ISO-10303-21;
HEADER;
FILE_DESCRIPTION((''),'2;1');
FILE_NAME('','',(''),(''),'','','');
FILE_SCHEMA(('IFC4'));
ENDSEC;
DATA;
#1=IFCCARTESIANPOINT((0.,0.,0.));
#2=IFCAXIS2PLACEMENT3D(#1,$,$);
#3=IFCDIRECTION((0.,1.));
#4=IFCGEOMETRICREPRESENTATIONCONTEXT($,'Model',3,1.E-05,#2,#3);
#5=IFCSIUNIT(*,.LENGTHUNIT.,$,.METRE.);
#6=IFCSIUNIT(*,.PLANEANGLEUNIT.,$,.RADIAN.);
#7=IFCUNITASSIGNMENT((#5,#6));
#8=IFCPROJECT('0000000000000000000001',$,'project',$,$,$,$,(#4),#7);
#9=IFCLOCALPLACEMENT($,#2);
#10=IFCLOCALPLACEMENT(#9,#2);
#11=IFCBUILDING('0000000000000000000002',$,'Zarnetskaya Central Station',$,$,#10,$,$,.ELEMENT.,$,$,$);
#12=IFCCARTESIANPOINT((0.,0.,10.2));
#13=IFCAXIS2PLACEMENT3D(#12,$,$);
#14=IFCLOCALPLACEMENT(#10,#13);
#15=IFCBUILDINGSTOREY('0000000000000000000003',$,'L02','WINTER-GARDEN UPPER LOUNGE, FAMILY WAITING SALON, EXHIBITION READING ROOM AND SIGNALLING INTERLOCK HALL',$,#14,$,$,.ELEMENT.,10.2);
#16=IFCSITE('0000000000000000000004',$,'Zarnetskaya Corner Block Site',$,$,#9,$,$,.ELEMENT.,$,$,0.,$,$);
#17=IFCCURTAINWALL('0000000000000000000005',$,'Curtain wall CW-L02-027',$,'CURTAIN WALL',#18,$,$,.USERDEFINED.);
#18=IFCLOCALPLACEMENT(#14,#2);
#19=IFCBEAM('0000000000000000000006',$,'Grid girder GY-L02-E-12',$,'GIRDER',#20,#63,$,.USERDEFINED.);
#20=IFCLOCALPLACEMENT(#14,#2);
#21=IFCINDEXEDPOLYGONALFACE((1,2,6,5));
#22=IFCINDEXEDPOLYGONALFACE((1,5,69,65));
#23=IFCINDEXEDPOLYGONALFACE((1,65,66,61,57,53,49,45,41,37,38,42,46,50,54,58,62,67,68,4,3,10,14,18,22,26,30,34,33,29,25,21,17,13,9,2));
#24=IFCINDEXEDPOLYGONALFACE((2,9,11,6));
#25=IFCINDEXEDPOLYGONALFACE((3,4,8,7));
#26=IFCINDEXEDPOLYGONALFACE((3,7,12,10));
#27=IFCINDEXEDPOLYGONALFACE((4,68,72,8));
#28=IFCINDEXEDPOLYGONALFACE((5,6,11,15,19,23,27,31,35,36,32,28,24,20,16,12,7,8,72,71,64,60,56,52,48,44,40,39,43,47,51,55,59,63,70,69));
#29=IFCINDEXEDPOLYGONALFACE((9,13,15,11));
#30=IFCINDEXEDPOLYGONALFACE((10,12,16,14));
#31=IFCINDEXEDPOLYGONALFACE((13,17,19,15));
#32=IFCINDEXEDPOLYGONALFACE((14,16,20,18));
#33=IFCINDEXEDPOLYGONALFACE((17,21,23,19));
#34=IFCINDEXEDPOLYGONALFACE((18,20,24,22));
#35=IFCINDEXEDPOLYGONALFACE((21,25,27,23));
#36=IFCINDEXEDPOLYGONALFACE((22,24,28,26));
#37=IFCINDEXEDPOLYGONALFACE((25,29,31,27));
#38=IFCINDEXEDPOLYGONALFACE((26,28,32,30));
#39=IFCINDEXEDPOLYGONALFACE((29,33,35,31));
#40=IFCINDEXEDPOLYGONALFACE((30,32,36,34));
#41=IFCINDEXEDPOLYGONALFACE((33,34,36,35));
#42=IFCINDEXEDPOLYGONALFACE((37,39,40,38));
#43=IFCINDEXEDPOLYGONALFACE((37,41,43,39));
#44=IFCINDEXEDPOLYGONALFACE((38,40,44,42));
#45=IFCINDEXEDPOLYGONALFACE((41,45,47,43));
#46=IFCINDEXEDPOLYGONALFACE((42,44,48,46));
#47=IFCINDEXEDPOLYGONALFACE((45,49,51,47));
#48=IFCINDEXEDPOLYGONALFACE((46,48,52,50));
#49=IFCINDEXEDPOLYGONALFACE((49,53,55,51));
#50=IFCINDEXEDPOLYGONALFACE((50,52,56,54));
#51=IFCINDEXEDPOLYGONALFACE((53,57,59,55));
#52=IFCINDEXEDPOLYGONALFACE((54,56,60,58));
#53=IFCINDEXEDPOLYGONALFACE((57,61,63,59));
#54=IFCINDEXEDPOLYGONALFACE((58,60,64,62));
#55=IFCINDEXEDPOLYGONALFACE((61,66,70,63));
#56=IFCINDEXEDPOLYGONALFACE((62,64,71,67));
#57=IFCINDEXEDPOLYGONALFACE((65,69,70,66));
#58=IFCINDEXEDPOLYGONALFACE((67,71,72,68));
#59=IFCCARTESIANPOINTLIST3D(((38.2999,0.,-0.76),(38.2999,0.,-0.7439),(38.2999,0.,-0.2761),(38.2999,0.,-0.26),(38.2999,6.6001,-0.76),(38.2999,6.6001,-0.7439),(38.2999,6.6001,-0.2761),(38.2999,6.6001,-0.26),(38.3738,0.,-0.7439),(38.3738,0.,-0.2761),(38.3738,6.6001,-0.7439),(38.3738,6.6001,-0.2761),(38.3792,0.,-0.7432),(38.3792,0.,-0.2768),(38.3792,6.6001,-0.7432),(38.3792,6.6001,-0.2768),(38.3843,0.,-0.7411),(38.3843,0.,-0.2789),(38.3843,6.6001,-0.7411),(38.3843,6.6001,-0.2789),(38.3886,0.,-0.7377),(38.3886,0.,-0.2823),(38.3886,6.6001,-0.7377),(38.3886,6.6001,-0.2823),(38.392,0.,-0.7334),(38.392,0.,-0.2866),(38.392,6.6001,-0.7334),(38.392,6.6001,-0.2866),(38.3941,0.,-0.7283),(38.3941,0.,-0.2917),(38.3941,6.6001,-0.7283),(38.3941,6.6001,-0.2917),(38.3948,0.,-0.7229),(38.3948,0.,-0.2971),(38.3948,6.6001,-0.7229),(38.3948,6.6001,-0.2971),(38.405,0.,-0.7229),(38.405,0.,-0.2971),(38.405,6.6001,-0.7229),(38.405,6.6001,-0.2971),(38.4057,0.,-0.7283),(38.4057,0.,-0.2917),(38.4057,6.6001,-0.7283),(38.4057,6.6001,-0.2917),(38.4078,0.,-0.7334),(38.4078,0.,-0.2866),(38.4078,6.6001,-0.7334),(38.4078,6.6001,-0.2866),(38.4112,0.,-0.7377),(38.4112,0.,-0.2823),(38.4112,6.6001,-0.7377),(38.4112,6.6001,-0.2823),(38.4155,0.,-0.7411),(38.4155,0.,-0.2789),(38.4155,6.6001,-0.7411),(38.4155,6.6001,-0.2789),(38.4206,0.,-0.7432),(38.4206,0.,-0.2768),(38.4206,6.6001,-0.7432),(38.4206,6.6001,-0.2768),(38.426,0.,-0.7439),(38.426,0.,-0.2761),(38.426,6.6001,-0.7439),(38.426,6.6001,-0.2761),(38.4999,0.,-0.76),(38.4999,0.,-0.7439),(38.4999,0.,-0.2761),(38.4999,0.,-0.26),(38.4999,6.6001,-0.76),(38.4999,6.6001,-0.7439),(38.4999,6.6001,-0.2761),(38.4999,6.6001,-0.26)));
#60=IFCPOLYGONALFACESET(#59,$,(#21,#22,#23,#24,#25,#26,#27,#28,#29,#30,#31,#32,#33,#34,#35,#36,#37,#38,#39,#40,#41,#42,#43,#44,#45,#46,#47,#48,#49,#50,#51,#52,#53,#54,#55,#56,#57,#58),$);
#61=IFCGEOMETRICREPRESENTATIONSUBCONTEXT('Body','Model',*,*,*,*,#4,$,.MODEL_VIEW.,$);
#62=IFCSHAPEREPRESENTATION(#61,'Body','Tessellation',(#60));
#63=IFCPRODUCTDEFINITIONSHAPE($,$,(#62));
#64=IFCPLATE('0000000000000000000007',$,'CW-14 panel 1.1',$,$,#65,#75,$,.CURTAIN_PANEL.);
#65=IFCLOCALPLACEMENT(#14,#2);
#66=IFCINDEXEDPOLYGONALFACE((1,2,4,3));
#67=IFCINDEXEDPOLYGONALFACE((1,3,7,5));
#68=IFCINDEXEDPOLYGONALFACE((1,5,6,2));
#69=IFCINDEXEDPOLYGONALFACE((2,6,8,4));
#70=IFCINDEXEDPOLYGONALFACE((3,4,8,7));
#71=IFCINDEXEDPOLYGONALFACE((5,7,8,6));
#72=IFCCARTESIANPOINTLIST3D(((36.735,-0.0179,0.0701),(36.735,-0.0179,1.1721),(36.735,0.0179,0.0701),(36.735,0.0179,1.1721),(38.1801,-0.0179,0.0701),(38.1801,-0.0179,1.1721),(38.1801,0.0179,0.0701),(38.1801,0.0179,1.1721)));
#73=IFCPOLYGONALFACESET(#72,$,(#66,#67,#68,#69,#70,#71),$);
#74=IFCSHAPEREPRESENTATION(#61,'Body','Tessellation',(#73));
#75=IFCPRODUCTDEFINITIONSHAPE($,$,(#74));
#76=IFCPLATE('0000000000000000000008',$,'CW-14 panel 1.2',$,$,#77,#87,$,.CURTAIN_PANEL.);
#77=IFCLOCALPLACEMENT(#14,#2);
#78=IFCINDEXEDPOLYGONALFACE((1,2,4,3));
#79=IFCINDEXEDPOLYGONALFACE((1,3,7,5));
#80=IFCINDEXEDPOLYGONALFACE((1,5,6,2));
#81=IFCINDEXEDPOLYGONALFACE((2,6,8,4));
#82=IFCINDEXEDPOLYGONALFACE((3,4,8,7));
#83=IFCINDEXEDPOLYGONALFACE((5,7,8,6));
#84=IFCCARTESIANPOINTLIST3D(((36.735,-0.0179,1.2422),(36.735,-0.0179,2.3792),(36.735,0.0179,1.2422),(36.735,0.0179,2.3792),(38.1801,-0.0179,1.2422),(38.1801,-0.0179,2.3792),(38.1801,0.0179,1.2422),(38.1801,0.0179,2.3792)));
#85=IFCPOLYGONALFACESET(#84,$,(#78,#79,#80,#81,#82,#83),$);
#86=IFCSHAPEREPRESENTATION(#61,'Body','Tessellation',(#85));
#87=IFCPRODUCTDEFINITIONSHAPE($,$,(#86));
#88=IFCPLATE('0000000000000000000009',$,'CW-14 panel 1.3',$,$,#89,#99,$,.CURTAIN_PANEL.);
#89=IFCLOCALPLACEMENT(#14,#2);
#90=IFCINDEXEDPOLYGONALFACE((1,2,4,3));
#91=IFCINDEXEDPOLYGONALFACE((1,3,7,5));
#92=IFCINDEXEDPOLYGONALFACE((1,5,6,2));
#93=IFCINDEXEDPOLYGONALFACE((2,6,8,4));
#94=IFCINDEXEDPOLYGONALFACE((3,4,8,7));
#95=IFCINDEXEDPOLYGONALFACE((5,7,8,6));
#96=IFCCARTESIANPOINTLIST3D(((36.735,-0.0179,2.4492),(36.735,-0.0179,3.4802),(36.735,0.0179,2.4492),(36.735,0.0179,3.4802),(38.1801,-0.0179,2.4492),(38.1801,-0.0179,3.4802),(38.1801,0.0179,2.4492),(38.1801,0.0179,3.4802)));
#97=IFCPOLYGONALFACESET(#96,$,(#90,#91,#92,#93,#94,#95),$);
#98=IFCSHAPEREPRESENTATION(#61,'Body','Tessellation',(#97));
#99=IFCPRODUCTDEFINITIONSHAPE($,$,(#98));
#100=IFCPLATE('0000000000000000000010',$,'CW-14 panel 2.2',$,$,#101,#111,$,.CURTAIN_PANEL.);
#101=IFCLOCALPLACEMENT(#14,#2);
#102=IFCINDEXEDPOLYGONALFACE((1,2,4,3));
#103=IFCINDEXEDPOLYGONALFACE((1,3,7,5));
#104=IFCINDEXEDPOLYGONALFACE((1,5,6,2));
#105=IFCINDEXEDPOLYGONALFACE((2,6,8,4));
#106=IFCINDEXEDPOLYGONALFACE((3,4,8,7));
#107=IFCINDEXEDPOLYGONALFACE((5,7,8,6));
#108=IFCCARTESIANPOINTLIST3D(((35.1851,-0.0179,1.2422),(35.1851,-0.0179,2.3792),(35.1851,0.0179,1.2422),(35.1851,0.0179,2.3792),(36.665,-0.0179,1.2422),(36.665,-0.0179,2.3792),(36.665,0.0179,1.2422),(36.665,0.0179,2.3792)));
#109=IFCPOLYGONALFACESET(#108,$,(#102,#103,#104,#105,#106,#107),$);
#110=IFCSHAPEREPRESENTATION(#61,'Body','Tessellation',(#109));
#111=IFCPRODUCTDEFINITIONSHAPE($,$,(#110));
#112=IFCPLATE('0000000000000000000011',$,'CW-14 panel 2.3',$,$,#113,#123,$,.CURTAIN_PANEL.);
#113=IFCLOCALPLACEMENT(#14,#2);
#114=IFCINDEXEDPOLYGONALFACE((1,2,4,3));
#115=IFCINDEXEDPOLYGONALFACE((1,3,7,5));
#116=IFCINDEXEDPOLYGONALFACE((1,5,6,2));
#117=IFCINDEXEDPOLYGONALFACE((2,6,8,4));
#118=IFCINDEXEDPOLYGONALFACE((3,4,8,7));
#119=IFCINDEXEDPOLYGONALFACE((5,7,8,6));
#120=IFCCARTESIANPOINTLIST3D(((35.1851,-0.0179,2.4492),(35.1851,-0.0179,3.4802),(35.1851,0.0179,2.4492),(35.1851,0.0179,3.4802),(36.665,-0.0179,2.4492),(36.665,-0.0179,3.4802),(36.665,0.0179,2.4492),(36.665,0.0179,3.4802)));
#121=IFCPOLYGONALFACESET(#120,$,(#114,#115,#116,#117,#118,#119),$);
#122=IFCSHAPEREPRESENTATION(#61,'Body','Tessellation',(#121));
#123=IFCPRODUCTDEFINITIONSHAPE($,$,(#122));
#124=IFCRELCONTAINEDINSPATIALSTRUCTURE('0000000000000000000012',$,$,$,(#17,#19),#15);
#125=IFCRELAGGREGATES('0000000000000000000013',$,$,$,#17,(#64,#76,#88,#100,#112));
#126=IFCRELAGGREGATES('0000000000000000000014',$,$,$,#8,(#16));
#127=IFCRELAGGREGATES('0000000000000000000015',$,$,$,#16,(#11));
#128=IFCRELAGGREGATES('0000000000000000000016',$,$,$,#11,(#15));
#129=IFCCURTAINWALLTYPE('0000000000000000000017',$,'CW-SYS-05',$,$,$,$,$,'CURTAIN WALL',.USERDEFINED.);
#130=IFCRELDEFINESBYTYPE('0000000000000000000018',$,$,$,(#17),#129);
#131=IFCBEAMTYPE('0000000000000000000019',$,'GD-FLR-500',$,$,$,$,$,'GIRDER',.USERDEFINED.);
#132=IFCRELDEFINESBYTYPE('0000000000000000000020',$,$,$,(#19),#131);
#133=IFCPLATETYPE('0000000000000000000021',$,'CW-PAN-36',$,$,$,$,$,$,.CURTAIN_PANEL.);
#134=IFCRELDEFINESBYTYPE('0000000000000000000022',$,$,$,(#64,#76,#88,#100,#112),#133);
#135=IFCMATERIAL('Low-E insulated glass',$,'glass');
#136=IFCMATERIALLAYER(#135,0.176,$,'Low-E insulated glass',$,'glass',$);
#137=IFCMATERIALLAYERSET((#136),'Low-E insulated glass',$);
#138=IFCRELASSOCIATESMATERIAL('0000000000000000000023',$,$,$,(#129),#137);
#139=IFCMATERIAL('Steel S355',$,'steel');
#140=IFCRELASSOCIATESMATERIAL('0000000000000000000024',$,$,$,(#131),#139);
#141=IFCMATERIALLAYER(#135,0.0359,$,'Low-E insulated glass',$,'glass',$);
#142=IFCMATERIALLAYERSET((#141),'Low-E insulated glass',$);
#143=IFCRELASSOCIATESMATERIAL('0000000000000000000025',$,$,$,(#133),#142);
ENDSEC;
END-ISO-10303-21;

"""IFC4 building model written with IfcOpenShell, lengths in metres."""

from ifc_helpers import new_model, si_unit, direction, frame, origin, origin_2d, place, context, subcontext, project, spatial, rectangle, i_section, extrude, material, layer, layer_set, material_profile, profile_set, type_object, element, aggregate, save


model = new_model("IFC4")

# Units and contexts
model_context = context("Model", 3, precision=1e-05, world=origin(), true_north=direction((0.0, 1.0)))
body_context = subcontext(model_context, "Body", "Model", "MODEL_VIEW")
ifc_project = project(units=[si_unit("LENGTHUNIT", "METRE"), si_unit("PLANEANGLEUNIT", "RADIAN")], contexts=[model_context])

# Site, building, storey
site_placement = place(None, origin())
site = spatial("IfcSite", under=ifc_project, at=site_placement, Name="Zarnetskaya Corner Block Site", CompositionType="ELEMENT", RefElevation=0.0)
building_placement = place(site_placement, origin())
building = spatial("IfcBuilding", under=site, at=building_placement, Name="Zarnetskaya Central Station", CompositionType="ELEMENT")
storey_placement = place(building_placement, frame((0.0, 0.0, 10.2)))
storey = spatial("IfcBuildingStorey", under=building, at=storey_placement, Name="L02", Description="WINTER-GARDEN UPPER LOUNGE, FAMILY WAITING SALON, EXHIBITION READING ROOM AND SIGNALLING INTERLOCK HALL", CompositionType="ELEMENT", Elevation=10.2)

# Shared definitions
ifc_material_1 = material(Name="Steel S355", Category="steel")

# Curtain wall
ifc_material_2 = material(Name="Low-E insulated glass", Category="glass")
ifc_layer_1 = layer(ifc_material_2, 0.176, Name="Low-E insulated glass", Category="glass")
ifc_layer_set_1 = layer_set([ifc_layer_1], Name="Low-E insulated glass")
curtain_wall_type_1 = type_object("IfcCurtainWallType", Name="CW-SYS-05", ElementType="CURTAIN WALL", PredefinedType="USERDEFINED", material=ifc_layer_set_1)
curtain_wall_1_placement = place(storey_placement, origin())
curtain_wall_1 = element("IfcCurtainWall", 1, at=curtain_wall_1_placement, inside=storey, type_object=curtain_wall_type_1, Name="Curtain wall CW-L02-027", ObjectType="CURTAIN WALL", PredefinedType="USERDEFINED")

# Beam
ifc_material_profile_1 = material_profile(ifc_material_1, i_section(OverallWidth=0.2, OverallDepth=0.5, WebThickness=0.0103, FlangeThickness=0.0161, FilletRadius=0.021, at=origin_2d()), Name="IPE 500")
ifc_profile_set_1 = profile_set([ifc_material_profile_1], Name="Steel S355")
beam_type_1 = type_object("IfcBeamType", Name="GD-FLR-500", ElementType="GIRDER", PredefinedType="USERDEFINED", material=ifc_profile_set_1)
beam_1_placement = place(storey_placement, frame((38.3999, 0.0, -0.51), z_axis=(0.0, 1.0, 0.0), x_axis=(-1.0, 0.0, 0.0)))
element("IfcBeam", 2, at=beam_1_placement, inside=storey, type_object=beam_type_1, Name="Grid girder GY-L02-E-12", ObjectType="GIRDER", PredefinedType="USERDEFINED", context=body_context, shape_type="SweptSolid", body=[
    extrude(i_section(OverallWidth=0.2, OverallDepth=0.5, WebThickness=0.0103, FlangeThickness=0.0161, FilletRadius=0.021, at=origin_2d()), origin(), (0.0, 0.0, 1.0), 6.6001),
])

# Plates
ifc_layer_2 = layer(ifc_material_2, 0.0359, Name="Low-E insulated glass", Category="glass")
ifc_layer_set_2 = layer_set([ifc_layer_2], Name="Low-E insulated glass")
plate_type = type_object("IfcPlateType", Name="CW-PAN-36", PredefinedType="CURTAIN_PANEL", material=ifc_layer_set_2)
plate_1_placement = place(storey_placement, frame((37.4575, 0.0, 0.0701), z_axis=(0.0, 0.0, 1.0), x_axis=(-1.0, 0.0, 0.0)))
plate_1 = element("IfcPlate", 3, at=plate_1_placement, type_object=plate_type, Name="CW-14 panel 1.1", PredefinedType="CURTAIN_PANEL", context=body_context, shape_type="SweptSolid", body=[
    extrude(rectangle(XDim=1.4451, YDim=0.0359, at=origin_2d()), origin(), (0.0, 0.0, 1.0), 1.1021),
])
plate_2_placement = place(storey_placement, frame((37.4575, 0.0, 1.2422), z_axis=(0.0, 0.0, 1.0), x_axis=(-1.0, 0.0, 0.0)))
plate_2 = element("IfcPlate", 4, at=plate_2_placement, type_object=plate_type, Name="CW-14 panel 1.2", PredefinedType="CURTAIN_PANEL", context=body_context, shape_type="SweptSolid", body=[
    extrude(rectangle(XDim=1.4451, YDim=0.0359, at=origin_2d()), origin(), (0.0, 0.0, 1.0), 1.137),
])
plate_3_placement = place(storey_placement, frame((37.4575, 0.0, 2.4492), z_axis=(0.0, 0.0, 1.0), x_axis=(-1.0, 0.0, 0.0)))
plate_3 = element("IfcPlate", 5, at=plate_3_placement, type_object=plate_type, Name="CW-14 panel 1.3", PredefinedType="CURTAIN_PANEL", context=body_context, shape_type="SweptSolid", body=[
    extrude(rectangle(XDim=1.4451, YDim=0.0359, at=origin_2d()), origin(), (0.0, 0.0, 1.0), 1.031),
])
plate_4_placement = place(storey_placement, frame((35.925, 0.0, 1.2422), z_axis=(0.0, 0.0, 1.0), x_axis=(-1.0, 0.0, 0.0)))
plate_4 = element("IfcPlate", 6, at=plate_4_placement, type_object=plate_type, Name="CW-14 panel 2.2", PredefinedType="CURTAIN_PANEL", context=body_context, shape_type="SweptSolid", body=[
    extrude(rectangle(XDim=1.48, YDim=0.0359, at=origin_2d()), origin(), (0.0, 0.0, 1.0), 1.137),
])
plate_5_placement = place(storey_placement, frame((35.925, 0.0, 2.4492), z_axis=(0.0, 0.0, 1.0), x_axis=(-1.0, 0.0, 0.0)))
plate_5 = element("IfcPlate", 7, at=plate_5_placement, type_object=plate_type, Name="CW-14 panel 2.3", PredefinedType="CURTAIN_PANEL", context=body_context, shape_type="SweptSolid", body=[
    extrude(rectangle(XDim=1.48, YDim=0.0359, at=origin_2d()), origin(), (0.0, 0.0, 1.0), 1.031),
])
aggregate(curtain_wall_1, [plate_1, plate_2, plate_3, plate_4, plate_5])

save(model, "model.ifc")
